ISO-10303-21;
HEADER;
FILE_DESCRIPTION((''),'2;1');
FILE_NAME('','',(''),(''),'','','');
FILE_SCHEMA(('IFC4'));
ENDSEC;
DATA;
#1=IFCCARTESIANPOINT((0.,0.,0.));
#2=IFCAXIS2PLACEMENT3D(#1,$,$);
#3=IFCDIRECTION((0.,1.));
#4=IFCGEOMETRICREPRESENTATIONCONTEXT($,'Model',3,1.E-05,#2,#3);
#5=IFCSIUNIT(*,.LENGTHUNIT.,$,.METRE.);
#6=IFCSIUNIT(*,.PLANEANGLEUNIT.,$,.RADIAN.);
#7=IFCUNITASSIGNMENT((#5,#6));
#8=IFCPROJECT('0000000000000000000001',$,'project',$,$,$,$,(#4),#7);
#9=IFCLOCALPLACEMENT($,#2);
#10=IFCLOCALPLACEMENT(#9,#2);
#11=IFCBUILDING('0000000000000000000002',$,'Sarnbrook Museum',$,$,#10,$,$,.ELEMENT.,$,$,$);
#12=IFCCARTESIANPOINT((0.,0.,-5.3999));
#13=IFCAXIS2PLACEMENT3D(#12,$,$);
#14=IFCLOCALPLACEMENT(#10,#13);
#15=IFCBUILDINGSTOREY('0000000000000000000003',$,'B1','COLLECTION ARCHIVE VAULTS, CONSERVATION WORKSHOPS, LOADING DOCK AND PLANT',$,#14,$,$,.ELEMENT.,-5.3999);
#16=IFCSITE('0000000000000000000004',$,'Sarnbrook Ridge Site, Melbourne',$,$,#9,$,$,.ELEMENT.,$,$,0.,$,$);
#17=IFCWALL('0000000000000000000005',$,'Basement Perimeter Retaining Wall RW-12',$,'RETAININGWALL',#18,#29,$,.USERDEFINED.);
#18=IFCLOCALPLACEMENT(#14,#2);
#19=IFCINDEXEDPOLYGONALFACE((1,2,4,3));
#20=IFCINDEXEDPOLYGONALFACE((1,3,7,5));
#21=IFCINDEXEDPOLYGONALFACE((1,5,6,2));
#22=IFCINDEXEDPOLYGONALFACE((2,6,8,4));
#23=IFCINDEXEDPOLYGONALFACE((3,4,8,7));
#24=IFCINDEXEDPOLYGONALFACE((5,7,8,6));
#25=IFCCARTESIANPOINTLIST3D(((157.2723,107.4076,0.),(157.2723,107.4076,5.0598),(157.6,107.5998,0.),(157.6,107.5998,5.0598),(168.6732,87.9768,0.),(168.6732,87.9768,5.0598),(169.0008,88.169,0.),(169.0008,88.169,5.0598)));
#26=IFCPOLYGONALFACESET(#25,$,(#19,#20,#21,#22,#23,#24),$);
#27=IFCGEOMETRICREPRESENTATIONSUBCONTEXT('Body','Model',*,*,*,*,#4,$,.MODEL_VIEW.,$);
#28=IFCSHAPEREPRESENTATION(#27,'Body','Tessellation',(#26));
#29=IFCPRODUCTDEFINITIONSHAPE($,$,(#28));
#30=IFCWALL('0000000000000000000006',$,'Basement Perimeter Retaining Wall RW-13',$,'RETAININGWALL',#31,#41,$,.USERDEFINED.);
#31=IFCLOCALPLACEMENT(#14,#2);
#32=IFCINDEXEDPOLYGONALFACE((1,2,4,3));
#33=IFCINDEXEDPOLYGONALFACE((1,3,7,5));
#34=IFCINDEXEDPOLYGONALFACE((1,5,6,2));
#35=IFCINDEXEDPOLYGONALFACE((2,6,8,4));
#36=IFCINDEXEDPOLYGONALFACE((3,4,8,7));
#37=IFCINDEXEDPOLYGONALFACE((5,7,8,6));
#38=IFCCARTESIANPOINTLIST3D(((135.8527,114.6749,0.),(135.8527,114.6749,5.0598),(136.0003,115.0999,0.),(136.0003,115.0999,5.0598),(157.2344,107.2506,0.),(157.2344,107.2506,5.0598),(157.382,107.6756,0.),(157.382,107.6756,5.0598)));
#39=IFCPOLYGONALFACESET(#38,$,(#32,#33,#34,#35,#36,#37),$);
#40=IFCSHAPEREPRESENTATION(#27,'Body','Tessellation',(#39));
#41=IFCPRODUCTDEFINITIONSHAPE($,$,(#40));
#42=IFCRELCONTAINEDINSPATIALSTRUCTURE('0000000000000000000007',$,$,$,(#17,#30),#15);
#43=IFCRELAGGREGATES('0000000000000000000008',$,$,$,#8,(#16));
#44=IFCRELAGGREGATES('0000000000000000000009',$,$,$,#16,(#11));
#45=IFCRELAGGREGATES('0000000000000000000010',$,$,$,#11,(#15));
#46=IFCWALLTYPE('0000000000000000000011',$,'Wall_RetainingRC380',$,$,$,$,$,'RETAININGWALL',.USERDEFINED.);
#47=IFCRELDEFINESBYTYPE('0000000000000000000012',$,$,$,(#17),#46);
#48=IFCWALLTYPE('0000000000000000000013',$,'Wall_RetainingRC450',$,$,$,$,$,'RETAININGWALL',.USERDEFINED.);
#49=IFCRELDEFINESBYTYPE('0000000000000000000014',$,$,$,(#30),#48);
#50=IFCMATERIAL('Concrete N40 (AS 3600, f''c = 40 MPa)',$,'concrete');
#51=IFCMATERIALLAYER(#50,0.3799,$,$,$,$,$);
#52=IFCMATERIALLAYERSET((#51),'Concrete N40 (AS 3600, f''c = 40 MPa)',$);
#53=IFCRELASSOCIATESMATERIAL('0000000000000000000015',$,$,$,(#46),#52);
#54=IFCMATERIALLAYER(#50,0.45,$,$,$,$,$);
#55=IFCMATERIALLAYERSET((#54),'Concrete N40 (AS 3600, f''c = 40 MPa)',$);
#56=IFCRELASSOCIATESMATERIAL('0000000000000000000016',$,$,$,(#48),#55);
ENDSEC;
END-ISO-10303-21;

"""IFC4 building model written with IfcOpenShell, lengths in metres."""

from ifc_helpers import new_model, si_unit, direction, frame, frame_2d, origin, place, context, subcontext, project, spatial, rectangle, extrude, material, layer, layer_set, type_object, element, save


model = new_model("IFC4")

# Units and contexts
model_context = context("Model", 3, precision=1e-05, world=origin(), true_north=direction((0.0, 1.0)))
body_context = subcontext(model_context, "Body", "Model", "MODEL_VIEW")
ifc_project = project(units=[si_unit("LENGTHUNIT", "METRE"), si_unit("PLANEANGLEUNIT", "RADIAN")], contexts=[model_context])

# Site, building, storey
site_placement = place(None, origin())
site = spatial("IfcSite", under=ifc_project, at=site_placement, Name="Sarnbrook Ridge Site, Melbourne", CompositionType="ELEMENT", RefElevation=0.0)
building_placement = place(site_placement, origin())
building = spatial("IfcBuilding", under=site, at=building_placement, Name="Sarnbrook Museum", CompositionType="ELEMENT")
storey_placement = place(building_placement, frame((0.0, 0.0, -5.3999)))
storey = spatial("IfcBuildingStorey", under=building, at=storey_placement, Name="B1", Description="COLLECTION ARCHIVE VAULTS, CONSERVATION WORKSHOPS, LOADING DOCK AND PLANT", CompositionType="ELEMENT", Elevation=-5.3999)

# Shared definitions
ifc_material_1 = material(Name="Concrete N40 (AS 3600, f'c = 40 MPa)", Category="concrete")

# Walls
ifc_layer_1 = layer(ifc_material_1, 0.3799)
ifc_layer_set_1 = layer_set([ifc_layer_1], Name="Concrete N40 (AS 3600, f'c = 40 MPa)")
wall_type_1 = type_object("IfcWallType", Name="Wall_RetainingRC380", ElementType="RETAININGWALL", PredefinedType="USERDEFINED", material=ifc_layer_set_1)
wall_1_placement = place(storey_placement, frame((168.8369, 88.073, 0.0), z_axis=(0.0, 0.0, 1.0), x_axis=(-0.506061, 0.862498, 0.0)))
element("IfcWall", 1, at=wall_1_placement, inside=storey, type_object=wall_type_1, Name="Basement Perimeter Retaining Wall RW-12", ObjectType="RETAININGWALL", PredefinedType="USERDEFINED", context=body_context, shape_type="SweptSolid", body=[
    extrude(rectangle(XDim=22.5286, YDim=0.3799, at=frame_2d((11.2642, 0.0))), origin(), (0.0, 0.0, 1.0), 5.0598),
])
ifc_layer_2 = layer(ifc_material_1, 0.45)
ifc_layer_set_2 = layer_set([ifc_layer_2], Name="Concrete N40 (AS 3600, f'c = 40 MPa)")
wall_type_2 = type_object("IfcWallType", Name="Wall_RetainingRC450", ElementType="RETAININGWALL", PredefinedType="USERDEFINED", material=ifc_layer_set_2)
wall_2_placement = place(storey_placement, frame((157.3081, 107.4631, 0.0), z_axis=(0.0, 0.0, 1.0), x_axis=(-0.944673, 0.328014, 0.0)))
element("IfcWall", 2, at=wall_2_placement, inside=storey, type_object=wall_type_2, Name="Basement Perimeter Retaining Wall RW-13", ObjectType="RETAININGWALL", PredefinedType="USERDEFINED", context=body_context, shape_type="SweptSolid", body=[
    extrude(rectangle(XDim=22.634, YDim=0.45, at=frame_2d((11.3169, 0.0))), origin(), (0.0, 0.0, 1.0), 5.0598),
])

save(model, "model.ifc")
